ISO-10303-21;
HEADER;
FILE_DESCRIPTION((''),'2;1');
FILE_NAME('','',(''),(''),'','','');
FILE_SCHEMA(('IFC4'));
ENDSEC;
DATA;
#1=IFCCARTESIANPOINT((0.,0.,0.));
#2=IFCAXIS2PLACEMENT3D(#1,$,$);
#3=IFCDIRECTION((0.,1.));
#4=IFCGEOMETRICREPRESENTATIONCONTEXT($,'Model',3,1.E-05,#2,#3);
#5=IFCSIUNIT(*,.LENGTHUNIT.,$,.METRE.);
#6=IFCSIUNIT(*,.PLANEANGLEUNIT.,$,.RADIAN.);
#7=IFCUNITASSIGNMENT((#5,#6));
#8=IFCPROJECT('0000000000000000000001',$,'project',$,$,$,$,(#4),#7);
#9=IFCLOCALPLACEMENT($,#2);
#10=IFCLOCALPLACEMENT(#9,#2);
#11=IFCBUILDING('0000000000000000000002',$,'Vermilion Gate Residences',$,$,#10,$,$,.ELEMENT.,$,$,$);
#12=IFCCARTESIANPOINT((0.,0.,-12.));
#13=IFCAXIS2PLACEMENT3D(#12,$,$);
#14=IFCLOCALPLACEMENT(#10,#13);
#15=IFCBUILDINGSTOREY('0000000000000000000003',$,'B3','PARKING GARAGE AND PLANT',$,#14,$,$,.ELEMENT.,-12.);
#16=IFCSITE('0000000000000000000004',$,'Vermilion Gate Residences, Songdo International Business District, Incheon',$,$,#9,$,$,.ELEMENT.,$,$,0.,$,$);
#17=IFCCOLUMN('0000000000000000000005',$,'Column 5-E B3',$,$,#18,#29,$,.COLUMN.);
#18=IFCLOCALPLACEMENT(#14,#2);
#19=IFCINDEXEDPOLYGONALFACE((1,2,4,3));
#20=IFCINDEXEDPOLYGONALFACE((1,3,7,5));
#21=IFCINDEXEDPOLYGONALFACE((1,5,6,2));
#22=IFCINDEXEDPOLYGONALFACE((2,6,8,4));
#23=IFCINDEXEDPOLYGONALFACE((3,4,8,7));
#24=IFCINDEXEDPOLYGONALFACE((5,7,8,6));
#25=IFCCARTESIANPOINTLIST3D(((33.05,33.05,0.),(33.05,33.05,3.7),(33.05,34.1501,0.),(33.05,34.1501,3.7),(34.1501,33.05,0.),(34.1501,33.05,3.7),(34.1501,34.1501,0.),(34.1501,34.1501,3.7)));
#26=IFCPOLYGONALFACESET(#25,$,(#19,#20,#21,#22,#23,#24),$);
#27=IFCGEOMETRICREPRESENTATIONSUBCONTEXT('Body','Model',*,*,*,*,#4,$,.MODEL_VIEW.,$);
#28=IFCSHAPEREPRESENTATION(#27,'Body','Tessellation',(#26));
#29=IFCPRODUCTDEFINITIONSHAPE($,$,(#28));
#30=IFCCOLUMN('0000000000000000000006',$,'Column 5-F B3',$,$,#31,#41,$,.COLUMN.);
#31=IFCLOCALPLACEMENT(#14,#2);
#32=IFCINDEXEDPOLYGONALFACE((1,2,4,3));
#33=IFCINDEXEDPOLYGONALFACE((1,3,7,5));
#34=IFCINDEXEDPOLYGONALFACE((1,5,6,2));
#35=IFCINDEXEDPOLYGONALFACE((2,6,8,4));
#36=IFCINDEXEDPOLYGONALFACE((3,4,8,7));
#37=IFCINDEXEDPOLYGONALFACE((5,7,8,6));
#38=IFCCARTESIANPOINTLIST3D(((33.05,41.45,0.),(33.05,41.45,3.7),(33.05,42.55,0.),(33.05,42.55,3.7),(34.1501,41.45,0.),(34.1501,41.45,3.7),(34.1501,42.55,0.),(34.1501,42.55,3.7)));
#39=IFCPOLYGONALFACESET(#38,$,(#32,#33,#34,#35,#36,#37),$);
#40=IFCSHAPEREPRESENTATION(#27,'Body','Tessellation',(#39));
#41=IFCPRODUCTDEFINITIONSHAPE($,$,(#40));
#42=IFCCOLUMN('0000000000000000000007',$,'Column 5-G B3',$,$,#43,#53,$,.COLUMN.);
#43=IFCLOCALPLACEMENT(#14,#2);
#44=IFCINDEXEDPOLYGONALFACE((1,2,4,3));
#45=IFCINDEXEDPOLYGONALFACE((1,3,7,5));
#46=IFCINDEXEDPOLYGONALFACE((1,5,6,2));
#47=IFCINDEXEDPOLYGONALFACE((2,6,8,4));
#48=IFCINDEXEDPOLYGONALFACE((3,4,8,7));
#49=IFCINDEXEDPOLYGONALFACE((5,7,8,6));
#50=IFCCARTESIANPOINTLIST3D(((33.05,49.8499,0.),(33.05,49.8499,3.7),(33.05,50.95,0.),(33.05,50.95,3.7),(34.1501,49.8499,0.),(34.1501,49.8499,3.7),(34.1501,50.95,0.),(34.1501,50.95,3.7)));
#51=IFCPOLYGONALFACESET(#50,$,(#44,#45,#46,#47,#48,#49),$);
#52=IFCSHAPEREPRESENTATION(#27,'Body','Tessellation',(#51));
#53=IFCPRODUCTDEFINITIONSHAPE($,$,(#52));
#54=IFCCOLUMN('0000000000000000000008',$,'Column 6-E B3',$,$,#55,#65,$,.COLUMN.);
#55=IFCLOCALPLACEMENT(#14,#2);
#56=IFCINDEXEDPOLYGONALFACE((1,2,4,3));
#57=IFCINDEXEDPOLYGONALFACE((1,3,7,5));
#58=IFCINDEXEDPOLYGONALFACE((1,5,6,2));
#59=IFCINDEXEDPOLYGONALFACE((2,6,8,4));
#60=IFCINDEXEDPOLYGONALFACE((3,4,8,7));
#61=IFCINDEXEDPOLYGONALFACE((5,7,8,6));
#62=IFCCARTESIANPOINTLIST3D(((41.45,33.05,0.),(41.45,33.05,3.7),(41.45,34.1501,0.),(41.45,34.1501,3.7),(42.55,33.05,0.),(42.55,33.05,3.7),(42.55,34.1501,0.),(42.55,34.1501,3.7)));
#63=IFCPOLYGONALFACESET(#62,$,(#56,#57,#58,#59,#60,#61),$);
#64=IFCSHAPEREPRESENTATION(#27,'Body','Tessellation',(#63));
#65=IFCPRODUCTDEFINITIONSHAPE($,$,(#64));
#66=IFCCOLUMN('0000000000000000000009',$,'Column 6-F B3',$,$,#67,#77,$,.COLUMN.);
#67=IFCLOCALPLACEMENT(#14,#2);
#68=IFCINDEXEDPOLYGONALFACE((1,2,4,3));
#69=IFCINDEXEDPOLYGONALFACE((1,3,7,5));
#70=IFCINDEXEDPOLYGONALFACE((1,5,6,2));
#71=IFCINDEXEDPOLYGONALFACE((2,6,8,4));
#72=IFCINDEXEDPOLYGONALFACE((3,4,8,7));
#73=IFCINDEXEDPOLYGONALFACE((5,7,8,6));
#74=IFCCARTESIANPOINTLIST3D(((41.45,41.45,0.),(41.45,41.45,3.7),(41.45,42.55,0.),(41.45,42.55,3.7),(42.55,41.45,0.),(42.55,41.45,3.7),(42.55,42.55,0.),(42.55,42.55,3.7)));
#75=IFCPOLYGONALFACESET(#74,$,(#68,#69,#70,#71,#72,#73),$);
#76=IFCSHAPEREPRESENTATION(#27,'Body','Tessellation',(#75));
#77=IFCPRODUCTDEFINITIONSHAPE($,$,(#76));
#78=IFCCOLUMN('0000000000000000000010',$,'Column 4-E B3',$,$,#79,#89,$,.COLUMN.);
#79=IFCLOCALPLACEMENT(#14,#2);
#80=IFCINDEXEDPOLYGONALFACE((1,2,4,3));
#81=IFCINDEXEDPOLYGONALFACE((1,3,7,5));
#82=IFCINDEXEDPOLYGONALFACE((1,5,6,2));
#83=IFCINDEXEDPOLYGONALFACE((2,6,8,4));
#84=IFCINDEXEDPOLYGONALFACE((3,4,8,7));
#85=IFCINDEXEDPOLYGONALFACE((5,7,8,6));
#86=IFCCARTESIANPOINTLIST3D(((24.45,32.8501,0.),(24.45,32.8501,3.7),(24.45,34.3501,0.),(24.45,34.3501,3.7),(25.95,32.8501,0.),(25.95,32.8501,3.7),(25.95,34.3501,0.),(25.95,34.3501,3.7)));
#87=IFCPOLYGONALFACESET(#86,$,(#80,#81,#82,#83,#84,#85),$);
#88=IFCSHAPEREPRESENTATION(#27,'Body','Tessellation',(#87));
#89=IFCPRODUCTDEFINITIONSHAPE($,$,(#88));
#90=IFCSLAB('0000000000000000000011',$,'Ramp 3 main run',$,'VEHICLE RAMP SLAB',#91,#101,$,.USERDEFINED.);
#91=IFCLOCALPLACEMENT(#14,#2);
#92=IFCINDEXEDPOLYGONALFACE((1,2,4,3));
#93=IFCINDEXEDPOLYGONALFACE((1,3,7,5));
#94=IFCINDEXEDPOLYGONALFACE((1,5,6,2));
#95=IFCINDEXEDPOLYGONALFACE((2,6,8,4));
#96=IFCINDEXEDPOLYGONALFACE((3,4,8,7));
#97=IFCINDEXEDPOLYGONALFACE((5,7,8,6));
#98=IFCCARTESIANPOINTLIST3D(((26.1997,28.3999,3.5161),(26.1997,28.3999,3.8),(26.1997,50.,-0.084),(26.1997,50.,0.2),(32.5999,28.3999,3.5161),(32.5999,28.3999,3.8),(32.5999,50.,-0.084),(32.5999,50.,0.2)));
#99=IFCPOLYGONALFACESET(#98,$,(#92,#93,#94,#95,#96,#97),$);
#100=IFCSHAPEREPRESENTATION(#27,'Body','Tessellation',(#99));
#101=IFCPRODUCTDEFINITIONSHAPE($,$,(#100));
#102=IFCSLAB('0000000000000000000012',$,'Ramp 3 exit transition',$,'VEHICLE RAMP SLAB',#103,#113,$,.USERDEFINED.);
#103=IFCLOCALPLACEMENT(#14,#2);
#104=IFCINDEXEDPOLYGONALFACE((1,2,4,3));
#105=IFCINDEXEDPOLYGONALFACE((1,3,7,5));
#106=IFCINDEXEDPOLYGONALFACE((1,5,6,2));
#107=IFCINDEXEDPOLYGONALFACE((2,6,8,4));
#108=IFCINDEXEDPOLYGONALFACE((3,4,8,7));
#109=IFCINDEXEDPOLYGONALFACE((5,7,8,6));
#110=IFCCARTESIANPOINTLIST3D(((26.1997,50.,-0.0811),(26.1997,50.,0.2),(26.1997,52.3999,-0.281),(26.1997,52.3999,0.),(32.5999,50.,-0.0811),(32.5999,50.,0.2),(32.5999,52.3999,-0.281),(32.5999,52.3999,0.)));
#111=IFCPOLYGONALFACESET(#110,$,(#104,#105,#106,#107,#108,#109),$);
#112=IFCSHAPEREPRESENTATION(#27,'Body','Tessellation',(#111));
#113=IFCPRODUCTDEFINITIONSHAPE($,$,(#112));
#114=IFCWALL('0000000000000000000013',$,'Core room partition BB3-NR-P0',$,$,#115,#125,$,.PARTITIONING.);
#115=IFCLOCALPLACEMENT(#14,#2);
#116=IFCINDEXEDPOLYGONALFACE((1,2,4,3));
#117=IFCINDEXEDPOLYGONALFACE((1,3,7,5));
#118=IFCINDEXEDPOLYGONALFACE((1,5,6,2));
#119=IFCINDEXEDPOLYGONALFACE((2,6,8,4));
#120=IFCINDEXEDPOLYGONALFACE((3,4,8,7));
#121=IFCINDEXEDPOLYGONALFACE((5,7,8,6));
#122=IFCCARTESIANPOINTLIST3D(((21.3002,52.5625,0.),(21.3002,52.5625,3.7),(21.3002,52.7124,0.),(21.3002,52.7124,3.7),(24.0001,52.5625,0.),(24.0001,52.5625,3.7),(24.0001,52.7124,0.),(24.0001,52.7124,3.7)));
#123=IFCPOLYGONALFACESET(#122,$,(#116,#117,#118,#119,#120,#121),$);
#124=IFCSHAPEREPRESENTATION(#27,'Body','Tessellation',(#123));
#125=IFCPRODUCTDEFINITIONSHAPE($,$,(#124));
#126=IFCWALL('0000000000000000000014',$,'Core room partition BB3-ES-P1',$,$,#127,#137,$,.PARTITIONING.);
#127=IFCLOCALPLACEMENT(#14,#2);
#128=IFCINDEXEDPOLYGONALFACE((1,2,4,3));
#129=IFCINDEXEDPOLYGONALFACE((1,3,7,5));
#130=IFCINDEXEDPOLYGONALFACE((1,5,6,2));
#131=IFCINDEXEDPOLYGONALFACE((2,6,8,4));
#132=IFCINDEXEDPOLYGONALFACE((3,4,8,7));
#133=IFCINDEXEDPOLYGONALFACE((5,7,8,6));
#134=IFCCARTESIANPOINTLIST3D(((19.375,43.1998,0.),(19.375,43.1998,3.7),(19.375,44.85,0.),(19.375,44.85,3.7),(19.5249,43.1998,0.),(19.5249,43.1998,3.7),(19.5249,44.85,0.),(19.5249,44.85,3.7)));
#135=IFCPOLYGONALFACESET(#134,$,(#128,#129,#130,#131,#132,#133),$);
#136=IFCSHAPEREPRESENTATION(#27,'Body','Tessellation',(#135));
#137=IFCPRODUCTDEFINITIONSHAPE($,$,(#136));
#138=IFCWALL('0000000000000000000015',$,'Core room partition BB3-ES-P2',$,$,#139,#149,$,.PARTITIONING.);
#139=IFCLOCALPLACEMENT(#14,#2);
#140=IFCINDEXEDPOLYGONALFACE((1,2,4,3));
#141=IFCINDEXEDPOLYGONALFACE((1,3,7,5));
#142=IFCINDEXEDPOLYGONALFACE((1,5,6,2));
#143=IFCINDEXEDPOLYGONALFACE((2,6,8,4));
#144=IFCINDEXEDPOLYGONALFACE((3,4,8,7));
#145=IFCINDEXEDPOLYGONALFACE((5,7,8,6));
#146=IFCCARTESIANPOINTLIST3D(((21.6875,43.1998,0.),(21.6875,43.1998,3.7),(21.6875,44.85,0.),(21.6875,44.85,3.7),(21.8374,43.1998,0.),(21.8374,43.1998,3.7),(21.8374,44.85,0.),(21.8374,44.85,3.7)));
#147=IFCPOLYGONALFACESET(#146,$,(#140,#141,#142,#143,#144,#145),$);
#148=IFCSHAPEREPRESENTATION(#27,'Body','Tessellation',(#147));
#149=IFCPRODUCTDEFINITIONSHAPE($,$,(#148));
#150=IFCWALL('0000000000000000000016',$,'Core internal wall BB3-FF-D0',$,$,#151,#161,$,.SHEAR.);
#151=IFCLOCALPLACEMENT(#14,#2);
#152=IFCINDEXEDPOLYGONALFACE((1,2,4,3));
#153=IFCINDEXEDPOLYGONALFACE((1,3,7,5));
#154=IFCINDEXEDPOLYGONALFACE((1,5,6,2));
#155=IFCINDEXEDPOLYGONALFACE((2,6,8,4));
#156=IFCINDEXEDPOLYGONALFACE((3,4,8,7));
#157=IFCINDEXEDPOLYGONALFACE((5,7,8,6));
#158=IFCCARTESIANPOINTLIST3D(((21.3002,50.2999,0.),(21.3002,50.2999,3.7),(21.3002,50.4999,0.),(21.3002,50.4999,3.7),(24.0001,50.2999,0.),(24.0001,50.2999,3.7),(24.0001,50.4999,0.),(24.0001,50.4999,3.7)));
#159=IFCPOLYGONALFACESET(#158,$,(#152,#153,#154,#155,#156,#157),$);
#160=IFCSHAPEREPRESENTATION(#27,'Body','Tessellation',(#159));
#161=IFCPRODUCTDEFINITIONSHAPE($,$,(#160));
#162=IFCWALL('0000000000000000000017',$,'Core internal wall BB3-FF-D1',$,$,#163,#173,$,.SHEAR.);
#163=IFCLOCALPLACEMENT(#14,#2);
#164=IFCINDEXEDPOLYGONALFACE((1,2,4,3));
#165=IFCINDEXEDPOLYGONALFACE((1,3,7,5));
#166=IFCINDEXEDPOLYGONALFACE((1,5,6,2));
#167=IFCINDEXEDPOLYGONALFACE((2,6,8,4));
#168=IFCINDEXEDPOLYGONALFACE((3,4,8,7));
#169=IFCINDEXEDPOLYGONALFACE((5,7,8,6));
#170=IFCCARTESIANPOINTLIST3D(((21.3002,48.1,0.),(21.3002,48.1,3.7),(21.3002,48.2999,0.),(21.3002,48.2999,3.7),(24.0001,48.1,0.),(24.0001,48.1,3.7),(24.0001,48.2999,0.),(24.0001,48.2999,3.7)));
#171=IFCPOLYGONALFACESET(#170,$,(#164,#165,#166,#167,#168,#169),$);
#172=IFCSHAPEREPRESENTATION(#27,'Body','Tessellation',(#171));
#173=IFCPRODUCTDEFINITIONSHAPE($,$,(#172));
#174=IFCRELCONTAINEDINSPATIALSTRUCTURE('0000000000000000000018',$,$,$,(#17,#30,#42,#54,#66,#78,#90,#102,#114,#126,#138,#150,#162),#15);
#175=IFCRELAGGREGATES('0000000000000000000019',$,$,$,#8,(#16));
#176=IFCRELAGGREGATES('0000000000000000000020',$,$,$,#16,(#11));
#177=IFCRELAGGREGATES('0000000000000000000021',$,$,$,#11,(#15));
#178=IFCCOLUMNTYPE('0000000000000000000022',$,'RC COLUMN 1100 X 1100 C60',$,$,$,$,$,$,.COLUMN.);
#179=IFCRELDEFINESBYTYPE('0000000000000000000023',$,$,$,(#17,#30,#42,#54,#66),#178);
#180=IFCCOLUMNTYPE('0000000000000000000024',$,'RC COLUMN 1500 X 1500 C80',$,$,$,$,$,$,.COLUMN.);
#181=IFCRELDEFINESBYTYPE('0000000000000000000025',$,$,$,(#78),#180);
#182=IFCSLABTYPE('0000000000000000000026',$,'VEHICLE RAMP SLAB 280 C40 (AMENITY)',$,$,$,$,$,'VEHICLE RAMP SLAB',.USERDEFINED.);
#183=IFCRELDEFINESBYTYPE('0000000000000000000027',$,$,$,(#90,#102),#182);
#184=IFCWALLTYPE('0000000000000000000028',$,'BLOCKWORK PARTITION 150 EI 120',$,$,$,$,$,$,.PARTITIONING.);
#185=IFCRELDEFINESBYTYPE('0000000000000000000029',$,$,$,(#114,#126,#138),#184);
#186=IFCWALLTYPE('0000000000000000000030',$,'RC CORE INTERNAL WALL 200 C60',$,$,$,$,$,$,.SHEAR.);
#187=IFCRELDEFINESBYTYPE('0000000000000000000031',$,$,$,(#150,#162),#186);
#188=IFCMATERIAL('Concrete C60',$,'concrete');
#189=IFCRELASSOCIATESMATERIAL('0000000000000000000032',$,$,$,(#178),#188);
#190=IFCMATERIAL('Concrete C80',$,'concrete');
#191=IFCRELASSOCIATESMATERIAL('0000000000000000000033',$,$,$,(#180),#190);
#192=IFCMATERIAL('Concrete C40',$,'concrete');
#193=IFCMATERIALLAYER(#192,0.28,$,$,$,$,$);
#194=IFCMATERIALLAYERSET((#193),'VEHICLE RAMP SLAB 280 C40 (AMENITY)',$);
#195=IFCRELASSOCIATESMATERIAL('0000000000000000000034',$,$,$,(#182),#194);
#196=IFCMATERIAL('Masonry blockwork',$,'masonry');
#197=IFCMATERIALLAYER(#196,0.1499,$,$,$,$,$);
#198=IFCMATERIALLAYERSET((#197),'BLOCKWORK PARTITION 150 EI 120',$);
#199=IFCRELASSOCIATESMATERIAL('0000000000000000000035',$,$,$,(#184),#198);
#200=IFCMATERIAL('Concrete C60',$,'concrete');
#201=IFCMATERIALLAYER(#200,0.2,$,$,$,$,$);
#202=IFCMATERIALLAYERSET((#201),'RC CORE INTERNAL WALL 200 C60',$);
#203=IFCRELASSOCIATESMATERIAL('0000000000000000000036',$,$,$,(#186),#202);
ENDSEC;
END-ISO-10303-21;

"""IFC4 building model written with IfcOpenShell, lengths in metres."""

from ifc_helpers import new_model, si_unit, direction, frame, frame_2d, origin, origin_2d, place, context, subcontext, project, spatial, polyline, rectangle, outline, extrude, material, layer, layer_set, material_profile, profile_set, type_object, element, save


model = new_model("IFC4")

# Units and contexts
model_context = context("Model", 3, precision=1e-05, world=origin(), true_north=direction((0.0, 1.0)))
body_context = subcontext(model_context, "Body", "Model", "MODEL_VIEW")
ifc_project = project(units=[si_unit("LENGTHUNIT", "METRE"), si_unit("PLANEANGLEUNIT", "RADIAN")], contexts=[model_context])

# Site, building, storey
site_placement = place(None, origin())
site = spatial("IfcSite", under=ifc_project, at=site_placement, Name="Vermilion Gate Residences, Songdo International Business District, Incheon", CompositionType="ELEMENT", RefElevation=0.0)
building_placement = place(site_placement, origin())
building = spatial("IfcBuilding", under=site, at=building_placement, Name="Vermilion Gate Residences", CompositionType="ELEMENT")
storey_placement = place(building_placement, frame((0.0, 0.0, -12.0)))
storey = spatial("IfcBuildingStorey", under=building, at=storey_placement, Name="B3", Description="PARKING GARAGE AND PLANT", CompositionType="ELEMENT", Elevation=-12.0)

# Columns
ifc_material_1 = material(Name="Concrete C60", Category="concrete")
ifc_material_profile_1 = material_profile(ifc_material_1, rectangle(XDim=1.1001, YDim=1.1001, at=origin_2d()), Name="RC-1100x1100")
ifc_profile_set_1 = profile_set([ifc_material_profile_1], Name="Concrete C60")
column_type_1 = type_object("IfcColumnType", Name="RC COLUMN 1100 X 1100 C60", PredefinedType="COLUMN", material=ifc_profile_set_1)
for number, where, z_axis, x_axis, name in (
    (1, (33.6001, 33.6001, 0.0), (0.0, 0.0, 1.0), (1.0, 0.0, 0.0), "Column 5-E B3"),
    (2, (33.6001, 42.0, 0.0), (0.0, 0.0, 1.0), (1.0, 0.0, 0.0), "Column 5-F B3"),
    (3, (33.6001, 50.3999, 0.0), (0.0, 0.0, 1.0), (1.0, 0.0, 0.0), "Column 5-G B3"),
    (4, (42.0, 33.6001, 0.0), (0.0, 0.0, 1.0), (1.0, 0.0, 0.0), "Column 6-E B3"),
    (5, (42.0, 42.0, 0.0), (0.0, 0.0, 1.0), (1.0, 0.0, 0.0), "Column 6-F B3"),
):
    element("IfcColumn", number, at=place(storey_placement, frame(where, z_axis=z_axis, x_axis=x_axis)), inside=storey, type_object=column_type_1, Name=name, PredefinedType="COLUMN", context=body_context, shape_type="SweptSolid", body=[
        extrude(rectangle(XDim=1.1001, YDim=1.1001, at=origin_2d()), origin(), (0.0, 0.0, 1.0), 3.7),
    ])
ifc_material_2 = material(Name="Concrete C80", Category="concrete")
ifc_material_profile_2 = material_profile(ifc_material_2, rectangle(XDim=1.5, YDim=1.5, at=origin_2d()), Name="RC-1500x1500")
ifc_profile_set_2 = profile_set([ifc_material_profile_2], Name="Concrete C80")
column_type_2 = type_object("IfcColumnType", Name="RC COLUMN 1500 X 1500 C80", PredefinedType="COLUMN", material=ifc_profile_set_2)
column_placement = place(storey_placement, frame((25.2, 33.6001, 0.0), z_axis=(0.0, 0.0, 1.0), x_axis=(1.0, 0.0, 0.0)))
element("IfcColumn", 6, at=column_placement, inside=storey, type_object=column_type_2, Name="Column 4-E B3", PredefinedType="COLUMN", context=body_context, shape_type="SweptSolid", body=[
    extrude(rectangle(XDim=1.5, YDim=1.5, at=origin_2d()), origin(), (0.0, 0.0, 1.0), 3.7),
])

# Slabs
ifc_material_3 = material(Name="Concrete C40", Category="concrete")
ifc_layer_1 = layer(ifc_material_3, 0.28)
ifc_layer_set_1 = layer_set([ifc_layer_1], Name="VEHICLE RAMP SLAB 280 C40 (AMENITY)")
slab_type = type_object("IfcSlabType", Name="VEHICLE RAMP SLAB 280 C40 (AMENITY)", ElementType="VEHICLE RAMP SLAB", PredefinedType="USERDEFINED", material=ifc_layer_set_1)
slab_1_placement = place(storey_placement, frame((29.3999, 28.3999, 3.8), z_axis=(0.0, 0.0, 1.0), x_axis=(0.0, 1.0, 0.0)))
element("IfcSlab", 7, at=slab_1_placement, inside=storey, type_object=slab_type, Name="Ramp 3 main run", ObjectType="VEHICLE RAMP SLAB", PredefinedType="USERDEFINED", context=body_context, shape_type="SweptSolid", body=[
    extrude(outline(polyline([(0.0, 0.0), (21.6001, -3.6001), (21.6001, -3.884), (0.0, -0.2839), (0.0, 0.0)])), frame((0.0, 3.2002, 0.0), z_axis=(0.0, -1.0, 0.0), x_axis=(1.0, 0.0, 0.0)), (0.0, 0.0, 1.0), 6.4001),
])
slab_2_placement = place(storey_placement, frame((29.3999, 50.0, 0.2), z_axis=(0.0, 0.0, 1.0), x_axis=(0.0, 1.0, 0.0)))
element("IfcSlab", 8, at=slab_2_placement, inside=storey, type_object=slab_type, Name="Ramp 3 exit transition", ObjectType="VEHICLE RAMP SLAB", PredefinedType="USERDEFINED", context=body_context, shape_type="SweptSolid", body=[
    extrude(outline(polyline([(0.0, 0.0), (2.3999, -0.2), (2.3999, -0.481), (0.0, -0.281), (0.0, 0.0)])), frame((0.0, 3.2002, 0.0), z_axis=(0.0, -1.0, 0.0), x_axis=(1.0, 0.0, 0.0)), (0.0, 0.0, 1.0), 6.4001),
])

# Walls
ifc_material_4 = material(Name="Masonry blockwork", Category="masonry")
ifc_layer_2 = layer(ifc_material_4, 0.1499)
ifc_layer_set_2 = layer_set([ifc_layer_2], Name="BLOCKWORK PARTITION 150 EI 120")
wall_type_1 = type_object("IfcWallType", Name="BLOCKWORK PARTITION 150 EI 120", PredefinedType="PARTITIONING", material=ifc_layer_set_2)
wall_1_placement = place(storey_placement, frame((21.3, 52.6375, 0.0), z_axis=(0.0, 0.0, 1.0), x_axis=(1.0, 0.0, 0.0)))
element("IfcWall", 9, at=wall_1_placement, inside=storey, type_object=wall_type_1, Name="Core room partition BB3-NR-P0", PredefinedType="PARTITIONING", context=body_context, shape_type="SweptSolid", body=[
    extrude(rectangle(XDim=2.7, YDim=0.1499, at=frame_2d((1.3501, 0.0))), origin(), (0.0, 0.0, 1.0), 3.7),
])
for number, where, z_axis, x_axis, name in (
    (10, (19.45, 44.8501, 0.0), (0.0, 0.0, 1.0), (0.0, -1.0, 0.0), "Core room partition BB3-ES-P1"),
    (11, (21.7625, 44.8501, 0.0), (0.0, 0.0, 1.0), (0.0, -1.0, 0.0), "Core room partition BB3-ES-P2"),
):
    element("IfcWall", number, at=place(storey_placement, frame(where, z_axis=z_axis, x_axis=x_axis)), inside=storey, type_object=wall_type_1, Name=name, PredefinedType="PARTITIONING", context=body_context, shape_type="SweptSolid", body=[
        extrude(rectangle(XDim=1.6501, YDim=0.1499, at=frame_2d((0.8252, 0.0))), origin(), (0.0, 0.0, 1.0), 3.7),
    ])
ifc_material_5 = material(Name="Concrete C60", Category="concrete")
ifc_layer_3 = layer(ifc_material_5, 0.2)
ifc_layer_set_3 = layer_set([ifc_layer_3], Name="RC CORE INTERNAL WALL 200 C60")
wall_type_2 = type_object("IfcWallType", Name="RC CORE INTERNAL WALL 200 C60", PredefinedType="SHEAR", material=ifc_layer_set_3)
for number, where, z_axis, x_axis, name in (
    (12, (21.3, 50.3999, 0.0), (0.0, 0.0, 1.0), (1.0, 0.0, 0.0), "Core internal wall BB3-FF-D0"),
    (13, (21.3, 48.2, 0.0), (0.0, 0.0, 1.0), (1.0, 0.0, 0.0), "Core internal wall BB3-FF-D1"),
):
    element("IfcWall", number, at=place(storey_placement, frame(where, z_axis=z_axis, x_axis=x_axis)), inside=storey, type_object=wall_type_2, Name=name, PredefinedType="SHEAR", context=body_context, shape_type="SweptSolid", body=[
        extrude(rectangle(XDim=2.7, YDim=0.2, at=frame_2d((1.3501, 0.0))), origin(), (0.0, 0.0, 1.0), 3.7),
    ])

save(model, "model.ifc")
